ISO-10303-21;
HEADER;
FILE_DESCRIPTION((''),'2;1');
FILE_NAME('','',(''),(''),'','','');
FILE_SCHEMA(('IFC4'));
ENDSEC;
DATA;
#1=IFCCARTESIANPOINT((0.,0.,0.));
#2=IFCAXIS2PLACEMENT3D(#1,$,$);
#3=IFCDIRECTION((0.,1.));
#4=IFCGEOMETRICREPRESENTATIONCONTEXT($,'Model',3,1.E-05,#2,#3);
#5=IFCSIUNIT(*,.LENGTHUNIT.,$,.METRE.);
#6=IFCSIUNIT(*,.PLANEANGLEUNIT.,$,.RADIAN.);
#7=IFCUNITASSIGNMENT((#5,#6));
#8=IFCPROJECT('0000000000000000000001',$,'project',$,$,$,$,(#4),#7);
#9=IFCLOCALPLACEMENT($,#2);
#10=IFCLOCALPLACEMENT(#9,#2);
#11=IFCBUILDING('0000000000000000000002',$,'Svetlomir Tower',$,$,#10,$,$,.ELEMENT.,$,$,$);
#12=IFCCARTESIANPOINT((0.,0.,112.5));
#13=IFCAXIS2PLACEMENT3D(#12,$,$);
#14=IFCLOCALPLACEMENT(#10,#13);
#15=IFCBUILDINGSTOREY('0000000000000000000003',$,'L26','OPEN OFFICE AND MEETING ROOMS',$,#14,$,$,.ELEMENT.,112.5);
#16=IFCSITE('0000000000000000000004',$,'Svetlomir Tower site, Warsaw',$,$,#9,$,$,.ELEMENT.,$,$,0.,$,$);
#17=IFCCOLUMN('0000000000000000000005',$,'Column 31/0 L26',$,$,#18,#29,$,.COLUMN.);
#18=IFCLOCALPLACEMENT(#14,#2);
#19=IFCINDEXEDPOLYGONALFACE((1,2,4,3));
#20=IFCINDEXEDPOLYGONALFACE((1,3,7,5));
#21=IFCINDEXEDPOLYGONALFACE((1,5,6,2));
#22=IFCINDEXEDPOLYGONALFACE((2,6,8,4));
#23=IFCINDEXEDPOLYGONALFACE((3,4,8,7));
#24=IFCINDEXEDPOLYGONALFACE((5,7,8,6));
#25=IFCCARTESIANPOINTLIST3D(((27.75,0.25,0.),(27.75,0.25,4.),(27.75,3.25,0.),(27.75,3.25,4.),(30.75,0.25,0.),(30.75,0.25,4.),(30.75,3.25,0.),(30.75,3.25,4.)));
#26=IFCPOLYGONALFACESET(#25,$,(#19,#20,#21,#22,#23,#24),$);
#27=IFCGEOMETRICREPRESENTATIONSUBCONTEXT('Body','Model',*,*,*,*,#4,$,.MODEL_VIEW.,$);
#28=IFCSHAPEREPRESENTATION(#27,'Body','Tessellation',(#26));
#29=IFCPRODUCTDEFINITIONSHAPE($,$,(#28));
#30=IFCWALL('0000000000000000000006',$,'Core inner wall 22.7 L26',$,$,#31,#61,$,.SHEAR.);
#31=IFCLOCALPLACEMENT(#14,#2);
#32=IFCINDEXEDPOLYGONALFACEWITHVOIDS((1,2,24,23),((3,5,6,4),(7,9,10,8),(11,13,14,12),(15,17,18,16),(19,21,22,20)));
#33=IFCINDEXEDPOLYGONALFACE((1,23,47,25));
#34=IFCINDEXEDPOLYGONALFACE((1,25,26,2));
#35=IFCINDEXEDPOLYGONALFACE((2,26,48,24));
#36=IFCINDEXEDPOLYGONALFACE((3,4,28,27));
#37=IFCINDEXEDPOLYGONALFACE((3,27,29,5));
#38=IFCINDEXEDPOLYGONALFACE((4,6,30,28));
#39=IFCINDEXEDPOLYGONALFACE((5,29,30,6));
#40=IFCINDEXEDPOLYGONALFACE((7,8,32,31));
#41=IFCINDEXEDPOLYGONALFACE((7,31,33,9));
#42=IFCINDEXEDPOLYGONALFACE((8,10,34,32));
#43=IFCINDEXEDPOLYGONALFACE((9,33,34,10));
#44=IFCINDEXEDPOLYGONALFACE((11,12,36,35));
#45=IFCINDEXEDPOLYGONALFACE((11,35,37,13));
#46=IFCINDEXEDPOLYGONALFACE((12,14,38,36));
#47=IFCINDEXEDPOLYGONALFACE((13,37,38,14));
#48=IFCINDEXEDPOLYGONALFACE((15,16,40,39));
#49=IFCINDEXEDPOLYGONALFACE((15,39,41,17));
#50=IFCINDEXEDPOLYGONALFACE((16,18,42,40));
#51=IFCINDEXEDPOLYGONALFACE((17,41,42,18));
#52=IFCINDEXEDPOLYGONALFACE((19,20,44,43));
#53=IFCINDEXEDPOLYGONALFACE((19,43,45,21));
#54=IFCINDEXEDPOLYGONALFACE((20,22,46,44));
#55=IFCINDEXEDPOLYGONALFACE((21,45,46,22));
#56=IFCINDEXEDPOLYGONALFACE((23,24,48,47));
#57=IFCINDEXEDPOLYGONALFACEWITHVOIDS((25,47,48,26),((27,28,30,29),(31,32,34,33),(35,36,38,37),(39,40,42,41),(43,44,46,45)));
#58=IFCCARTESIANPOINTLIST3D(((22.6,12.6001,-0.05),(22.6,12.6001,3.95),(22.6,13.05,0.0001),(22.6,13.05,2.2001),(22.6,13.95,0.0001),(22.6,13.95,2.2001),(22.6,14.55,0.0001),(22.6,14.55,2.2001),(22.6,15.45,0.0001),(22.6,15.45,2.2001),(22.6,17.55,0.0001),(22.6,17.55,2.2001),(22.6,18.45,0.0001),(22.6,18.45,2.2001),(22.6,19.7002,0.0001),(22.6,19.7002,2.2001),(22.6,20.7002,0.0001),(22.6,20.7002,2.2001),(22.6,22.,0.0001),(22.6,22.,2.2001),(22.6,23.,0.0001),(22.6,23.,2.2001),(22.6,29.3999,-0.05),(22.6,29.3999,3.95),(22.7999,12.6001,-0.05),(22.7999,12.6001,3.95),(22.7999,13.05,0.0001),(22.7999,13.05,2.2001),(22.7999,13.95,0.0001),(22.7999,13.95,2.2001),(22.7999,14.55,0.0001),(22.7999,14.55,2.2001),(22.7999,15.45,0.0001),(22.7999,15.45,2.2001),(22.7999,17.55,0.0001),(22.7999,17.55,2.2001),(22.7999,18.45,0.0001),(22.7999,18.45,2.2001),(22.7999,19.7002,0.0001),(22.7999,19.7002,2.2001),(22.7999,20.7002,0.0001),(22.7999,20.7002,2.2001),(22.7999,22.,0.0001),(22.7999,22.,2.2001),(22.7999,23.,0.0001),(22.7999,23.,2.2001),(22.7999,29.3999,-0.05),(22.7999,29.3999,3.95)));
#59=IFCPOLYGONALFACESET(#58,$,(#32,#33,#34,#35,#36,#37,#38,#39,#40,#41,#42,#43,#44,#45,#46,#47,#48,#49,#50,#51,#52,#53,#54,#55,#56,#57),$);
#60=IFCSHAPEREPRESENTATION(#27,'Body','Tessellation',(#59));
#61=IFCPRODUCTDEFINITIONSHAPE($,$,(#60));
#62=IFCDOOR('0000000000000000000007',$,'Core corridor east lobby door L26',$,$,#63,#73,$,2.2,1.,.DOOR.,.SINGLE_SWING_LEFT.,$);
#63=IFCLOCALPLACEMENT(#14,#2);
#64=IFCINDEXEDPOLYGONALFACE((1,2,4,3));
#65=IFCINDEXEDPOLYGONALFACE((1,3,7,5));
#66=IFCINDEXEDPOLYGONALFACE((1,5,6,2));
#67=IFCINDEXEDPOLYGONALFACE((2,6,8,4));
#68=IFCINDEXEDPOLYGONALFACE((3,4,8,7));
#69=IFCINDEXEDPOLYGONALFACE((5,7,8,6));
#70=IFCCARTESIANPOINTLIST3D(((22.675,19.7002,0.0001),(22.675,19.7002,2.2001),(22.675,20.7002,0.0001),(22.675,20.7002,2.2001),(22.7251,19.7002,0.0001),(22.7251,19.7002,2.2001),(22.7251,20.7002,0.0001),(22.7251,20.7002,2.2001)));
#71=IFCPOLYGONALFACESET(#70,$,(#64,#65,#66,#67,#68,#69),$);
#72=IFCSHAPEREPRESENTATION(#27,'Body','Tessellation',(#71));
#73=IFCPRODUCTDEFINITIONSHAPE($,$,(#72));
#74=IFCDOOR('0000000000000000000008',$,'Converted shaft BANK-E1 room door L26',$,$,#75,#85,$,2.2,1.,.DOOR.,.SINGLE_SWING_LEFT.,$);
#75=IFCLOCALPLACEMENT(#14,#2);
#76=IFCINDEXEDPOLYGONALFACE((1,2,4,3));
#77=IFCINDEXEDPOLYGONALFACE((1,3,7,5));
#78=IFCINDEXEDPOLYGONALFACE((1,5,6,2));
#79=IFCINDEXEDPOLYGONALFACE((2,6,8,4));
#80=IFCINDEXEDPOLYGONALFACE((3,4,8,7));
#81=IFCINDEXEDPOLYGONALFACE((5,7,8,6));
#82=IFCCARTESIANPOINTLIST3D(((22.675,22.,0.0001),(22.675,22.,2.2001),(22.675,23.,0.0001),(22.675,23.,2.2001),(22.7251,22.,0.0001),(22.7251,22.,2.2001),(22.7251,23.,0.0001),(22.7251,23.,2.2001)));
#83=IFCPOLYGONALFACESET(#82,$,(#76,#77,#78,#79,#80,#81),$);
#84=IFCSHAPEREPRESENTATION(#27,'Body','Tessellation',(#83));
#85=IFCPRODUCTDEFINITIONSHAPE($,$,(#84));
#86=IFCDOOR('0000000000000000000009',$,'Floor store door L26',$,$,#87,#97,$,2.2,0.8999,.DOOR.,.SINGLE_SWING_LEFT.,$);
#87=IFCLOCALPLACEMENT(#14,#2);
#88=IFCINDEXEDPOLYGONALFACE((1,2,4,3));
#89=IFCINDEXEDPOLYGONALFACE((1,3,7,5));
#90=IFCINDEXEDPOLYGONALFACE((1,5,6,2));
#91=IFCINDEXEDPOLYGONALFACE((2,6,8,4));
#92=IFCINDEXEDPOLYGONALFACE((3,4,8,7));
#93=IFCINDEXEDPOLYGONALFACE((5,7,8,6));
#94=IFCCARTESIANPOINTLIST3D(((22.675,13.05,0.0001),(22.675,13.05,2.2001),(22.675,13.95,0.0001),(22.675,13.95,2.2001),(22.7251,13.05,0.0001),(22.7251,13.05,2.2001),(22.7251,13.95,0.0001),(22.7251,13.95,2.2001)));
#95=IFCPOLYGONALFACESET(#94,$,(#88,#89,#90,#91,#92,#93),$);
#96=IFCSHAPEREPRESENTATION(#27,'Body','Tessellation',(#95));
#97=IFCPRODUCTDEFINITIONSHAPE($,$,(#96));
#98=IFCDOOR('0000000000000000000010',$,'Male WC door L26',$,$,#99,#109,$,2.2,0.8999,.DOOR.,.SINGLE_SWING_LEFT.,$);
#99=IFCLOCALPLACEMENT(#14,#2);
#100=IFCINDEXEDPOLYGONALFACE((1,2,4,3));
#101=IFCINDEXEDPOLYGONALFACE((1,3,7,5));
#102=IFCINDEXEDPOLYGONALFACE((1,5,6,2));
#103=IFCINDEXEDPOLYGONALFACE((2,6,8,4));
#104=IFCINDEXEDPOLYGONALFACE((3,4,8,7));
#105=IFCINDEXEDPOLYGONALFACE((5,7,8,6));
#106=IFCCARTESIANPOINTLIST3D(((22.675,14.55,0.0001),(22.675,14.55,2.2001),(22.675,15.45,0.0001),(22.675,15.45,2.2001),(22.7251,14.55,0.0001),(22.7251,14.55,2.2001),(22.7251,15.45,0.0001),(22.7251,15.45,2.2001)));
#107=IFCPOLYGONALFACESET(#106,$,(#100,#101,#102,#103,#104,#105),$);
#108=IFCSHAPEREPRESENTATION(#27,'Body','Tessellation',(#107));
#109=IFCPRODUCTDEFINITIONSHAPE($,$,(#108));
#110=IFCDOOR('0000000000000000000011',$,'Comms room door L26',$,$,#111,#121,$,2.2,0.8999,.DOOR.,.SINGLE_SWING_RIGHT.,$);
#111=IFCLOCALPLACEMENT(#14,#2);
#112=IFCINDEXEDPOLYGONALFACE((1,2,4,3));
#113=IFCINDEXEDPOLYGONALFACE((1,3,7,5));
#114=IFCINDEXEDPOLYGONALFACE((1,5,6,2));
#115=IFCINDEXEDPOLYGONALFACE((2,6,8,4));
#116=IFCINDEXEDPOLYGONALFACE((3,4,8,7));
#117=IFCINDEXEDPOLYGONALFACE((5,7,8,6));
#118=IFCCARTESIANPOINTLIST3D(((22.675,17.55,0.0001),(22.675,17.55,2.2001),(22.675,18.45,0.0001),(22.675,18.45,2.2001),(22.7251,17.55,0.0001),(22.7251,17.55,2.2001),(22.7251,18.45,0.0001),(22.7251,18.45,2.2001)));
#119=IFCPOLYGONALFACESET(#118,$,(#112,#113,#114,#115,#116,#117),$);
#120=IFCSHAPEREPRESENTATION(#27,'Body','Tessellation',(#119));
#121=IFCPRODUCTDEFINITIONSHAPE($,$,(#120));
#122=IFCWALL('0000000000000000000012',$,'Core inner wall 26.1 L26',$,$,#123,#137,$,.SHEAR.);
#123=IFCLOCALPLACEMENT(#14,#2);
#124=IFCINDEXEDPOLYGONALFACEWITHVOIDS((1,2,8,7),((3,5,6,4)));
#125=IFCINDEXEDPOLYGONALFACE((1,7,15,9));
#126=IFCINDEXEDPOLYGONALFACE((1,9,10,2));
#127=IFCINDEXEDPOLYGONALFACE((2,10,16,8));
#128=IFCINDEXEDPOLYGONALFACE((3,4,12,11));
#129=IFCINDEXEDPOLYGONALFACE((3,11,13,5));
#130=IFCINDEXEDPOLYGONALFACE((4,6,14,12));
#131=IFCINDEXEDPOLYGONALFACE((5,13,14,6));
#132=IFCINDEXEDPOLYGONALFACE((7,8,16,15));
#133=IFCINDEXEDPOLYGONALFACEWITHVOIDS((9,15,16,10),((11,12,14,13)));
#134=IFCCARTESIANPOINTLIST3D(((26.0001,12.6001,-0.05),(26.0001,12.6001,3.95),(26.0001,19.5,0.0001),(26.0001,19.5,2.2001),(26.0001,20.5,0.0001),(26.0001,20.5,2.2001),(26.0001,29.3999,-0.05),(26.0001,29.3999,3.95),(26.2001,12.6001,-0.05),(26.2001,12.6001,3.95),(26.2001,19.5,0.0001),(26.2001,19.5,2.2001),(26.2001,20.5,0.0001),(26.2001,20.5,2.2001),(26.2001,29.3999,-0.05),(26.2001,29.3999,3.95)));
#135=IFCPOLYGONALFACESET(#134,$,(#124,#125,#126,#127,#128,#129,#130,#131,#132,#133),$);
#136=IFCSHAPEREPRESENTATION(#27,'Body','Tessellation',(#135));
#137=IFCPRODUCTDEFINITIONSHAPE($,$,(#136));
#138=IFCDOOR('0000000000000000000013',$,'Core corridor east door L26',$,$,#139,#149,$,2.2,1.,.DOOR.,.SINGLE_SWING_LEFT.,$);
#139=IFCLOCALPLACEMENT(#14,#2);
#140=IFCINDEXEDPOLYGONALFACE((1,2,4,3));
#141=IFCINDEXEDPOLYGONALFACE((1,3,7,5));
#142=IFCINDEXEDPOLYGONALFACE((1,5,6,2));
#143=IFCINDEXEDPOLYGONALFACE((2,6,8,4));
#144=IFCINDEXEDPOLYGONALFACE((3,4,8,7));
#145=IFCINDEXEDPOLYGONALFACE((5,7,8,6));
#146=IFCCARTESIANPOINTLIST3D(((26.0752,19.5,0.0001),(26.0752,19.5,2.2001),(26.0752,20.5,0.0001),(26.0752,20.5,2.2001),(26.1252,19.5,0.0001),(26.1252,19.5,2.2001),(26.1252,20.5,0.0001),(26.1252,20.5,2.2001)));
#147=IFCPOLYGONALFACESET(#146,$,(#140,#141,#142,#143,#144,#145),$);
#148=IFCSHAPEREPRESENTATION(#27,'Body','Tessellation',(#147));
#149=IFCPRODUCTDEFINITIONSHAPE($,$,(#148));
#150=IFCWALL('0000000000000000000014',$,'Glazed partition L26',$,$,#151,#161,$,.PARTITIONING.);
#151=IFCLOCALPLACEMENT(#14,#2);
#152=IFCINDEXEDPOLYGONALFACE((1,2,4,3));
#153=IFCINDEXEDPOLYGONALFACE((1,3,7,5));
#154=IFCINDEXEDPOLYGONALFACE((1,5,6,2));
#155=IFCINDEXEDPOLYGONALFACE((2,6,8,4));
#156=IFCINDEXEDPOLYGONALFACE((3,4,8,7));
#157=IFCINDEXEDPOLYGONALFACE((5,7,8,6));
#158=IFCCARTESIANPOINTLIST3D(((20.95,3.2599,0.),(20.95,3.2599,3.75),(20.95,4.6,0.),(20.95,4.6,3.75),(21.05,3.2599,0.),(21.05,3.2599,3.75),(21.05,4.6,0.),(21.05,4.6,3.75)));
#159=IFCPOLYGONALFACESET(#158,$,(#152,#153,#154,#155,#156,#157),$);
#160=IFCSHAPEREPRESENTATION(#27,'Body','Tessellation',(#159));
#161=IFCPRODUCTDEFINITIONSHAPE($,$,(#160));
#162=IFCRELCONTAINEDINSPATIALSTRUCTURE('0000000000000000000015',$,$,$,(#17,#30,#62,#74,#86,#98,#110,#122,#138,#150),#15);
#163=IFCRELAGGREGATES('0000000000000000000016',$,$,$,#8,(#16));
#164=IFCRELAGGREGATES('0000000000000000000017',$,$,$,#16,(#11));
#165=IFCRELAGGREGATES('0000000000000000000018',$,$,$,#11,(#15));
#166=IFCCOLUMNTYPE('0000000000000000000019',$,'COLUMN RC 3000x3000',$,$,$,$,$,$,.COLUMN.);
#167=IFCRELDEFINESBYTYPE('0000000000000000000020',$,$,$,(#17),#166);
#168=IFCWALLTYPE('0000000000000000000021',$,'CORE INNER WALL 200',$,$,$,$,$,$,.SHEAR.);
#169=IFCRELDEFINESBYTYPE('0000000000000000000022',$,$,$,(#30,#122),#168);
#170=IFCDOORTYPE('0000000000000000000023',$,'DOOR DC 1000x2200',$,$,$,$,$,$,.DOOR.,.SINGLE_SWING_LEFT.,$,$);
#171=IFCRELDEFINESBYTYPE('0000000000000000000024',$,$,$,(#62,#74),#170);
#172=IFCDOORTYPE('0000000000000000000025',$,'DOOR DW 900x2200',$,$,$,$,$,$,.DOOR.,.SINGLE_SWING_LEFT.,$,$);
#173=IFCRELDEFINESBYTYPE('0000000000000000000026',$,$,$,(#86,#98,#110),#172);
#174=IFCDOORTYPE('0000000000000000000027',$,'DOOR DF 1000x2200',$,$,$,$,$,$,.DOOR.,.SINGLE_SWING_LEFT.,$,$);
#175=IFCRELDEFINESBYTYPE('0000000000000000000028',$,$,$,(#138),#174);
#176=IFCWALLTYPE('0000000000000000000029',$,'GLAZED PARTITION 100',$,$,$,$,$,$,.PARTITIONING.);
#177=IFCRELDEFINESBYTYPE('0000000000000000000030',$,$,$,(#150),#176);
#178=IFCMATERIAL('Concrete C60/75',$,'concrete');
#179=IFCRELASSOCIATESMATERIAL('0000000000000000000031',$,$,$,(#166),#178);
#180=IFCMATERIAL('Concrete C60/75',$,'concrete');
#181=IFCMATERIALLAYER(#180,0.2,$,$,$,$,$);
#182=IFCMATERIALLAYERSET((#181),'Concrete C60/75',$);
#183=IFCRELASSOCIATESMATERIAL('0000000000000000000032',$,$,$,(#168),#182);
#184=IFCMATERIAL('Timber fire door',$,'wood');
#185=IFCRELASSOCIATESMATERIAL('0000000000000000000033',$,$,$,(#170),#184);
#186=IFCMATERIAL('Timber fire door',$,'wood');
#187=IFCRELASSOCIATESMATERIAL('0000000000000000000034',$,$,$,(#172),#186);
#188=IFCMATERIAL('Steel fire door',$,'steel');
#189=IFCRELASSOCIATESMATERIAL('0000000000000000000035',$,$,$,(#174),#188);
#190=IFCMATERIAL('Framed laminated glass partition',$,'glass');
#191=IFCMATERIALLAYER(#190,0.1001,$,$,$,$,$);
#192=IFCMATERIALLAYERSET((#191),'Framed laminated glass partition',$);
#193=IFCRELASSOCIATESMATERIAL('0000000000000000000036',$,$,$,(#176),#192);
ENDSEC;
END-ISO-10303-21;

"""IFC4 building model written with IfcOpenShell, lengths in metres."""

from ifc_helpers import new_model, si_unit, direction, frame, frame_2d, origin, origin_2d, place, context, subcontext, project, spatial, rectangle, extrude, material, layer, layer_set, material_profile, profile_set, type_object, element, fill, save


model = new_model("IFC4")

# Units and contexts
model_context = context("Model", 3, precision=1e-05, world=origin(), true_north=direction((0.0, 1.0)))
body_context = subcontext(model_context, "Body", "Model", "MODEL_VIEW")
ifc_project = project(units=[si_unit("LENGTHUNIT", "METRE"), si_unit("PLANEANGLEUNIT", "RADIAN")], contexts=[model_context])

# Site, building, storey
site_placement = place(None, origin())
site = spatial("IfcSite", under=ifc_project, at=site_placement, Name="Svetlomir Tower site, Warsaw", CompositionType="ELEMENT", RefElevation=0.0)
building_placement = place(site_placement, origin())
building = spatial("IfcBuilding", under=site, at=building_placement, Name="Svetlomir Tower", CompositionType="ELEMENT")
storey_placement = place(building_placement, frame((0.0, 0.0, 112.5)))
storey = spatial("IfcBuildingStorey", under=building, at=storey_placement, Name="L26", Description="OPEN OFFICE AND MEETING ROOMS", CompositionType="ELEMENT", Elevation=112.5)

# Column
ifc_material_1 = material(Name="Concrete C60/75", Category="concrete")
ifc_material_profile = material_profile(ifc_material_1, rectangle(XDim=3.0, YDim=3.0, at=origin_2d()), Name="RC 3000x3000")
ifc_profile_set = profile_set([ifc_material_profile], Name="Concrete C60/75")
column_type = type_object("IfcColumnType", Name="COLUMN RC 3000x3000", PredefinedType="COLUMN", material=ifc_profile_set)
column_placement = place(storey_placement, frame((29.25, 1.75, 0.0), z_axis=(0.0, 0.0, 1.0), x_axis=(1.0, 0.0, 0.0)))
element("IfcColumn", 1, at=column_placement, inside=storey, type_object=column_type, Name="Column 31/0 L26", PredefinedType="COLUMN", context=body_context, shape_type="SweptSolid", body=[
    extrude(rectangle(XDim=3.0, YDim=3.0, at=origin_2d()), origin(), (0.0, 0.0, 1.0), 4.0),
])

# Wall, openings, doors
ifc_material_2 = material(Name="Concrete C60/75", Category="concrete")
ifc_layer_1 = layer(ifc_material_2, 0.2)
ifc_layer_set_1 = layer_set([ifc_layer_1], Name="Concrete C60/75")
wall_type_1 = type_object("IfcWallType", Name="CORE INNER WALL 200", PredefinedType="SHEAR", material=ifc_layer_set_1)
wall_1_placement = place(storey_placement, frame((22.7, 12.6001, -0.05), z_axis=(0.0, 0.0, 1.0), x_axis=(0.0, 1.0, 0.0)))
wall_1 = element("IfcWall", 2, at=wall_1_placement, inside=storey, type_object=wall_type_1, Name="Core inner wall 22.7 L26", PredefinedType="SHEAR", context=body_context, shape_type="SweptSolid", body=[
    extrude(rectangle(XDim=16.7998, YDim=0.2, at=frame_2d((8.3999, 0.0))), origin(), (0.0, 0.0, 1.0), 4.0),
])
opening_1_placement = place(wall_1_placement, frame((0.45, 0.0, 0.05)))
opening_1 = element("IfcOpeningElement", 3, at=opening_1_placement, cuts=wall_1, PredefinedType="OPENING", context=body_context, shape_type="SweptSolid", body=[
    extrude(rectangle(XDim=0.8999, YDim=2.2, at=frame_2d((0.45, 1.1001))), frame((0.0, 0.1099, 0.0), z_axis=(0.0, -1.0, 0.0), x_axis=(1.0, 0.0, 0.0)), (0.0, 0.0, 1.0), 0.22),
])
opening_2_placement = place(wall_1_placement, frame((7.1001, 0.0, 0.05)))
opening_2 = element("IfcOpeningElement", 4, at=opening_2_placement, cuts=wall_1, PredefinedType="OPENING", context=body_context, shape_type="SweptSolid", body=[
    extrude(rectangle(XDim=1.0, YDim=2.2, at=frame_2d((0.5, 1.1001))), frame((0.0, 0.1099, 0.0), z_axis=(0.0, -1.0, 0.0), x_axis=(1.0, 0.0, 0.0)), (0.0, 0.0, 1.0), 0.22),
])
opening_3_placement = place(wall_1_placement, frame((1.95, 0.0, 0.05)))
opening_3 = element("IfcOpeningElement", 5, at=opening_3_placement, cuts=wall_1, PredefinedType="OPENING", context=body_context, shape_type="SweptSolid", body=[
    extrude(rectangle(XDim=0.8999, YDim=2.2, at=frame_2d((0.45, 1.1001))), frame((0.0, 0.1099, 0.0), z_axis=(0.0, -1.0, 0.0), x_axis=(1.0, 0.0, 0.0)), (0.0, 0.0, 1.0), 0.22),
])
opening_4_placement = place(wall_1_placement, frame((4.95, 0.0, 0.05)))
opening_4 = element("IfcOpeningElement", 6, at=opening_4_placement, cuts=wall_1, PredefinedType="OPENING", context=body_context, shape_type="SweptSolid", body=[
    extrude(rectangle(XDim=0.8999, YDim=2.2, at=frame_2d((0.45, 1.1001))), frame((0.0, 0.1099, 0.0), z_axis=(0.0, -1.0, 0.0), x_axis=(1.0, 0.0, 0.0)), (0.0, 0.0, 1.0), 0.22),
])
opening_5_placement = place(wall_1_placement, frame((9.3999, 0.0, 0.05)))
opening_5 = element("IfcOpeningElement", 7, at=opening_5_placement, cuts=wall_1, PredefinedType="OPENING", context=body_context, shape_type="SweptSolid", body=[
    extrude(rectangle(XDim=1.0, YDim=2.2, at=frame_2d((0.5, 1.1001))), frame((0.0, 0.1099, 0.0), z_axis=(0.0, -1.0, 0.0), x_axis=(1.0, 0.0, 0.0)), (0.0, 0.0, 1.0), 0.22),
])
ifc_material_3 = material(Name="Timber fire door", Category="wood")
door_type_1 = type_object("IfcDoorType", Name="DOOR DC 1000x2200", OperationType="SINGLE_SWING_LEFT", PredefinedType="DOOR", material=ifc_material_3)
door_1_placement = place(opening_2_placement, origin())
door_1 = element("IfcDoor", 8, at=door_1_placement, inside=storey, type_object=door_type_1, Name="Core corridor east lobby door L26", OperationType="SINGLE_SWING_LEFT", OverallHeight=2.2, OverallWidth=1.0, PredefinedType="DOOR", context=body_context, shape_type="SweptSolid", body=[
    extrude(rectangle(XDim=1.0, YDim=2.2, at=frame_2d((0.5, 1.1001))), frame((0.0, 0.0249, 0.0), z_axis=(0.0, -1.0, 0.0), x_axis=(1.0, 0.0, 0.0)), (0.0, 0.0, 1.0), 0.05),
])
fill(opening_2, door_1)
door_2_placement = place(opening_5_placement, origin())
door_2 = element("IfcDoor", 9, at=door_2_placement, inside=storey, type_object=door_type_1, Name="Converted shaft BANK-E1 room door L26", OperationType="SINGLE_SWING_LEFT", OverallHeight=2.2, OverallWidth=1.0, PredefinedType="DOOR", context=body_context, shape_type="SweptSolid", body=[
    extrude(rectangle(XDim=1.0, YDim=2.2, at=frame_2d((0.5, 1.1001))), frame((0.0, 0.0249, 0.0), z_axis=(0.0, -1.0, 0.0), x_axis=(1.0, 0.0, 0.0)), (0.0, 0.0, 1.0), 0.05),
])
fill(opening_5, door_2)
ifc_material_4 = material(Name="Timber fire door", Category="wood")
door_type_2 = type_object("IfcDoorType", Name="DOOR DW 900x2200", OperationType="SINGLE_SWING_LEFT", PredefinedType="DOOR", material=ifc_material_4)
door_3_placement = place(opening_1_placement, origin())
door_3 = element("IfcDoor", 10, at=door_3_placement, inside=storey, type_object=door_type_2, Name="Floor store door L26", OperationType="SINGLE_SWING_LEFT", OverallHeight=2.2, OverallWidth=0.8999, PredefinedType="DOOR", context=body_context, shape_type="SweptSolid", body=[
    extrude(rectangle(XDim=0.8999, YDim=2.2, at=frame_2d((0.45, 1.1001))), frame((0.0, 0.0249, 0.0), z_axis=(0.0, -1.0, 0.0), x_axis=(1.0, 0.0, 0.0)), (0.0, 0.0, 1.0), 0.05),
])
fill(opening_1, door_3)
door_4_placement = place(opening_3_placement, origin())
door_4 = element("IfcDoor", 11, at=door_4_placement, inside=storey, type_object=door_type_2, Name="Male WC door L26", OperationType="SINGLE_SWING_LEFT", OverallHeight=2.2, OverallWidth=0.8999, PredefinedType="DOOR", context=body_context, shape_type="SweptSolid", body=[
    extrude(rectangle(XDim=0.8999, YDim=2.2, at=frame_2d((0.45, 1.1001))), frame((0.0, 0.0249, 0.0), z_axis=(0.0, -1.0, 0.0), x_axis=(1.0, 0.0, 0.0)), (0.0, 0.0, 1.0), 0.05),
])
fill(opening_3, door_4)
door_5_placement = place(opening_4_placement, origin())
door_5 = element("IfcDoor", 12, at=door_5_placement, inside=storey, type_object=door_type_2, Name="Comms room door L26", OperationType="SINGLE_SWING_RIGHT", OverallHeight=2.2, OverallWidth=0.8999, PredefinedType="DOOR", context=body_context, shape_type="SweptSolid", body=[
    extrude(rectangle(XDim=0.8999, YDim=2.2, at=frame_2d((0.45, 1.1001))), frame((0.0, 0.0249, 0.0), z_axis=(0.0, -1.0, 0.0), x_axis=(1.0, 0.0, 0.0)), (0.0, 0.0, 1.0), 0.05),
])
fill(opening_4, door_5)

# Wall, opening, door
wall_2_placement = place(storey_placement, frame((26.1001, 12.6001, -0.05), z_axis=(0.0, 0.0, 1.0), x_axis=(0.0, 1.0, 0.0)))
wall_2 = element("IfcWall", 13, at=wall_2_placement, inside=storey, type_object=wall_type_1, Name="Core inner wall 26.1 L26", PredefinedType="SHEAR", context=body_context, shape_type="SweptSolid", body=[
    extrude(rectangle(XDim=16.7998, YDim=0.2, at=frame_2d((8.3999, 0.0))), origin(), (0.0, 0.0, 1.0), 4.0),
])
opening_6_placement = place(wall_2_placement, frame((6.8999, 0.0, 0.05)))
opening_6 = element("IfcOpeningElement", 14, at=opening_6_placement, cuts=wall_2, PredefinedType="OPENING", context=body_context, shape_type="SweptSolid", body=[
    extrude(rectangle(XDim=1.0, YDim=2.2, at=frame_2d((0.5, 1.1001))), frame((0.0, 0.1099, 0.0), z_axis=(0.0, -1.0, 0.0), x_axis=(1.0, 0.0, 0.0)), (0.0, 0.0, 1.0), 0.22),
])
ifc_material_5 = material(Name="Steel fire door", Category="steel")
door_type_3 = type_object("IfcDoorType", Name="DOOR DF 1000x2200", OperationType="SINGLE_SWING_LEFT", PredefinedType="DOOR", material=ifc_material_5)
door_6_placement = place(opening_6_placement, origin())
door_6 = element("IfcDoor", 15, at=door_6_placement, inside=storey, type_object=door_type_3, Name="Core corridor east door L26", OperationType="SINGLE_SWING_LEFT", OverallHeight=2.2, OverallWidth=1.0, PredefinedType="DOOR", context=body_context, shape_type="SweptSolid", body=[
    extrude(rectangle(XDim=1.0, YDim=2.2, at=frame_2d((0.5, 1.1001))), frame((0.0, 0.0249, 0.0), z_axis=(0.0, -1.0, 0.0), x_axis=(1.0, 0.0, 0.0)), (0.0, 0.0, 1.0), 0.05),
])
fill(opening_6, door_6)

# Wall
ifc_material_6 = material(Name="Framed laminated glass partition", Category="glass")
ifc_layer_2 = layer(ifc_material_6, 0.1001)
ifc_layer_set_2 = layer_set([ifc_layer_2], Name="Framed laminated glass partition")
wall_type_2 = type_object("IfcWallType", Name="GLAZED PARTITION 100", PredefinedType="PARTITIONING", material=ifc_layer_set_2)
wall_3_placement = place(storey_placement, frame((21.0, 3.26, 0.0), z_axis=(0.0, 0.0, 1.0), x_axis=(0.0, 1.0, 0.0)))
element("IfcWall", 16, at=wall_3_placement, inside=storey, type_object=wall_type_2, Name="Glazed partition L26", PredefinedType="PARTITIONING", context=body_context, shape_type="SweptSolid", body=[
    extrude(rectangle(XDim=1.3401, YDim=0.1001, at=frame_2d((0.6699, 0.0))), origin(), (0.0, 0.0, 1.0), 3.75),
])

save(model, "model.ifc")
